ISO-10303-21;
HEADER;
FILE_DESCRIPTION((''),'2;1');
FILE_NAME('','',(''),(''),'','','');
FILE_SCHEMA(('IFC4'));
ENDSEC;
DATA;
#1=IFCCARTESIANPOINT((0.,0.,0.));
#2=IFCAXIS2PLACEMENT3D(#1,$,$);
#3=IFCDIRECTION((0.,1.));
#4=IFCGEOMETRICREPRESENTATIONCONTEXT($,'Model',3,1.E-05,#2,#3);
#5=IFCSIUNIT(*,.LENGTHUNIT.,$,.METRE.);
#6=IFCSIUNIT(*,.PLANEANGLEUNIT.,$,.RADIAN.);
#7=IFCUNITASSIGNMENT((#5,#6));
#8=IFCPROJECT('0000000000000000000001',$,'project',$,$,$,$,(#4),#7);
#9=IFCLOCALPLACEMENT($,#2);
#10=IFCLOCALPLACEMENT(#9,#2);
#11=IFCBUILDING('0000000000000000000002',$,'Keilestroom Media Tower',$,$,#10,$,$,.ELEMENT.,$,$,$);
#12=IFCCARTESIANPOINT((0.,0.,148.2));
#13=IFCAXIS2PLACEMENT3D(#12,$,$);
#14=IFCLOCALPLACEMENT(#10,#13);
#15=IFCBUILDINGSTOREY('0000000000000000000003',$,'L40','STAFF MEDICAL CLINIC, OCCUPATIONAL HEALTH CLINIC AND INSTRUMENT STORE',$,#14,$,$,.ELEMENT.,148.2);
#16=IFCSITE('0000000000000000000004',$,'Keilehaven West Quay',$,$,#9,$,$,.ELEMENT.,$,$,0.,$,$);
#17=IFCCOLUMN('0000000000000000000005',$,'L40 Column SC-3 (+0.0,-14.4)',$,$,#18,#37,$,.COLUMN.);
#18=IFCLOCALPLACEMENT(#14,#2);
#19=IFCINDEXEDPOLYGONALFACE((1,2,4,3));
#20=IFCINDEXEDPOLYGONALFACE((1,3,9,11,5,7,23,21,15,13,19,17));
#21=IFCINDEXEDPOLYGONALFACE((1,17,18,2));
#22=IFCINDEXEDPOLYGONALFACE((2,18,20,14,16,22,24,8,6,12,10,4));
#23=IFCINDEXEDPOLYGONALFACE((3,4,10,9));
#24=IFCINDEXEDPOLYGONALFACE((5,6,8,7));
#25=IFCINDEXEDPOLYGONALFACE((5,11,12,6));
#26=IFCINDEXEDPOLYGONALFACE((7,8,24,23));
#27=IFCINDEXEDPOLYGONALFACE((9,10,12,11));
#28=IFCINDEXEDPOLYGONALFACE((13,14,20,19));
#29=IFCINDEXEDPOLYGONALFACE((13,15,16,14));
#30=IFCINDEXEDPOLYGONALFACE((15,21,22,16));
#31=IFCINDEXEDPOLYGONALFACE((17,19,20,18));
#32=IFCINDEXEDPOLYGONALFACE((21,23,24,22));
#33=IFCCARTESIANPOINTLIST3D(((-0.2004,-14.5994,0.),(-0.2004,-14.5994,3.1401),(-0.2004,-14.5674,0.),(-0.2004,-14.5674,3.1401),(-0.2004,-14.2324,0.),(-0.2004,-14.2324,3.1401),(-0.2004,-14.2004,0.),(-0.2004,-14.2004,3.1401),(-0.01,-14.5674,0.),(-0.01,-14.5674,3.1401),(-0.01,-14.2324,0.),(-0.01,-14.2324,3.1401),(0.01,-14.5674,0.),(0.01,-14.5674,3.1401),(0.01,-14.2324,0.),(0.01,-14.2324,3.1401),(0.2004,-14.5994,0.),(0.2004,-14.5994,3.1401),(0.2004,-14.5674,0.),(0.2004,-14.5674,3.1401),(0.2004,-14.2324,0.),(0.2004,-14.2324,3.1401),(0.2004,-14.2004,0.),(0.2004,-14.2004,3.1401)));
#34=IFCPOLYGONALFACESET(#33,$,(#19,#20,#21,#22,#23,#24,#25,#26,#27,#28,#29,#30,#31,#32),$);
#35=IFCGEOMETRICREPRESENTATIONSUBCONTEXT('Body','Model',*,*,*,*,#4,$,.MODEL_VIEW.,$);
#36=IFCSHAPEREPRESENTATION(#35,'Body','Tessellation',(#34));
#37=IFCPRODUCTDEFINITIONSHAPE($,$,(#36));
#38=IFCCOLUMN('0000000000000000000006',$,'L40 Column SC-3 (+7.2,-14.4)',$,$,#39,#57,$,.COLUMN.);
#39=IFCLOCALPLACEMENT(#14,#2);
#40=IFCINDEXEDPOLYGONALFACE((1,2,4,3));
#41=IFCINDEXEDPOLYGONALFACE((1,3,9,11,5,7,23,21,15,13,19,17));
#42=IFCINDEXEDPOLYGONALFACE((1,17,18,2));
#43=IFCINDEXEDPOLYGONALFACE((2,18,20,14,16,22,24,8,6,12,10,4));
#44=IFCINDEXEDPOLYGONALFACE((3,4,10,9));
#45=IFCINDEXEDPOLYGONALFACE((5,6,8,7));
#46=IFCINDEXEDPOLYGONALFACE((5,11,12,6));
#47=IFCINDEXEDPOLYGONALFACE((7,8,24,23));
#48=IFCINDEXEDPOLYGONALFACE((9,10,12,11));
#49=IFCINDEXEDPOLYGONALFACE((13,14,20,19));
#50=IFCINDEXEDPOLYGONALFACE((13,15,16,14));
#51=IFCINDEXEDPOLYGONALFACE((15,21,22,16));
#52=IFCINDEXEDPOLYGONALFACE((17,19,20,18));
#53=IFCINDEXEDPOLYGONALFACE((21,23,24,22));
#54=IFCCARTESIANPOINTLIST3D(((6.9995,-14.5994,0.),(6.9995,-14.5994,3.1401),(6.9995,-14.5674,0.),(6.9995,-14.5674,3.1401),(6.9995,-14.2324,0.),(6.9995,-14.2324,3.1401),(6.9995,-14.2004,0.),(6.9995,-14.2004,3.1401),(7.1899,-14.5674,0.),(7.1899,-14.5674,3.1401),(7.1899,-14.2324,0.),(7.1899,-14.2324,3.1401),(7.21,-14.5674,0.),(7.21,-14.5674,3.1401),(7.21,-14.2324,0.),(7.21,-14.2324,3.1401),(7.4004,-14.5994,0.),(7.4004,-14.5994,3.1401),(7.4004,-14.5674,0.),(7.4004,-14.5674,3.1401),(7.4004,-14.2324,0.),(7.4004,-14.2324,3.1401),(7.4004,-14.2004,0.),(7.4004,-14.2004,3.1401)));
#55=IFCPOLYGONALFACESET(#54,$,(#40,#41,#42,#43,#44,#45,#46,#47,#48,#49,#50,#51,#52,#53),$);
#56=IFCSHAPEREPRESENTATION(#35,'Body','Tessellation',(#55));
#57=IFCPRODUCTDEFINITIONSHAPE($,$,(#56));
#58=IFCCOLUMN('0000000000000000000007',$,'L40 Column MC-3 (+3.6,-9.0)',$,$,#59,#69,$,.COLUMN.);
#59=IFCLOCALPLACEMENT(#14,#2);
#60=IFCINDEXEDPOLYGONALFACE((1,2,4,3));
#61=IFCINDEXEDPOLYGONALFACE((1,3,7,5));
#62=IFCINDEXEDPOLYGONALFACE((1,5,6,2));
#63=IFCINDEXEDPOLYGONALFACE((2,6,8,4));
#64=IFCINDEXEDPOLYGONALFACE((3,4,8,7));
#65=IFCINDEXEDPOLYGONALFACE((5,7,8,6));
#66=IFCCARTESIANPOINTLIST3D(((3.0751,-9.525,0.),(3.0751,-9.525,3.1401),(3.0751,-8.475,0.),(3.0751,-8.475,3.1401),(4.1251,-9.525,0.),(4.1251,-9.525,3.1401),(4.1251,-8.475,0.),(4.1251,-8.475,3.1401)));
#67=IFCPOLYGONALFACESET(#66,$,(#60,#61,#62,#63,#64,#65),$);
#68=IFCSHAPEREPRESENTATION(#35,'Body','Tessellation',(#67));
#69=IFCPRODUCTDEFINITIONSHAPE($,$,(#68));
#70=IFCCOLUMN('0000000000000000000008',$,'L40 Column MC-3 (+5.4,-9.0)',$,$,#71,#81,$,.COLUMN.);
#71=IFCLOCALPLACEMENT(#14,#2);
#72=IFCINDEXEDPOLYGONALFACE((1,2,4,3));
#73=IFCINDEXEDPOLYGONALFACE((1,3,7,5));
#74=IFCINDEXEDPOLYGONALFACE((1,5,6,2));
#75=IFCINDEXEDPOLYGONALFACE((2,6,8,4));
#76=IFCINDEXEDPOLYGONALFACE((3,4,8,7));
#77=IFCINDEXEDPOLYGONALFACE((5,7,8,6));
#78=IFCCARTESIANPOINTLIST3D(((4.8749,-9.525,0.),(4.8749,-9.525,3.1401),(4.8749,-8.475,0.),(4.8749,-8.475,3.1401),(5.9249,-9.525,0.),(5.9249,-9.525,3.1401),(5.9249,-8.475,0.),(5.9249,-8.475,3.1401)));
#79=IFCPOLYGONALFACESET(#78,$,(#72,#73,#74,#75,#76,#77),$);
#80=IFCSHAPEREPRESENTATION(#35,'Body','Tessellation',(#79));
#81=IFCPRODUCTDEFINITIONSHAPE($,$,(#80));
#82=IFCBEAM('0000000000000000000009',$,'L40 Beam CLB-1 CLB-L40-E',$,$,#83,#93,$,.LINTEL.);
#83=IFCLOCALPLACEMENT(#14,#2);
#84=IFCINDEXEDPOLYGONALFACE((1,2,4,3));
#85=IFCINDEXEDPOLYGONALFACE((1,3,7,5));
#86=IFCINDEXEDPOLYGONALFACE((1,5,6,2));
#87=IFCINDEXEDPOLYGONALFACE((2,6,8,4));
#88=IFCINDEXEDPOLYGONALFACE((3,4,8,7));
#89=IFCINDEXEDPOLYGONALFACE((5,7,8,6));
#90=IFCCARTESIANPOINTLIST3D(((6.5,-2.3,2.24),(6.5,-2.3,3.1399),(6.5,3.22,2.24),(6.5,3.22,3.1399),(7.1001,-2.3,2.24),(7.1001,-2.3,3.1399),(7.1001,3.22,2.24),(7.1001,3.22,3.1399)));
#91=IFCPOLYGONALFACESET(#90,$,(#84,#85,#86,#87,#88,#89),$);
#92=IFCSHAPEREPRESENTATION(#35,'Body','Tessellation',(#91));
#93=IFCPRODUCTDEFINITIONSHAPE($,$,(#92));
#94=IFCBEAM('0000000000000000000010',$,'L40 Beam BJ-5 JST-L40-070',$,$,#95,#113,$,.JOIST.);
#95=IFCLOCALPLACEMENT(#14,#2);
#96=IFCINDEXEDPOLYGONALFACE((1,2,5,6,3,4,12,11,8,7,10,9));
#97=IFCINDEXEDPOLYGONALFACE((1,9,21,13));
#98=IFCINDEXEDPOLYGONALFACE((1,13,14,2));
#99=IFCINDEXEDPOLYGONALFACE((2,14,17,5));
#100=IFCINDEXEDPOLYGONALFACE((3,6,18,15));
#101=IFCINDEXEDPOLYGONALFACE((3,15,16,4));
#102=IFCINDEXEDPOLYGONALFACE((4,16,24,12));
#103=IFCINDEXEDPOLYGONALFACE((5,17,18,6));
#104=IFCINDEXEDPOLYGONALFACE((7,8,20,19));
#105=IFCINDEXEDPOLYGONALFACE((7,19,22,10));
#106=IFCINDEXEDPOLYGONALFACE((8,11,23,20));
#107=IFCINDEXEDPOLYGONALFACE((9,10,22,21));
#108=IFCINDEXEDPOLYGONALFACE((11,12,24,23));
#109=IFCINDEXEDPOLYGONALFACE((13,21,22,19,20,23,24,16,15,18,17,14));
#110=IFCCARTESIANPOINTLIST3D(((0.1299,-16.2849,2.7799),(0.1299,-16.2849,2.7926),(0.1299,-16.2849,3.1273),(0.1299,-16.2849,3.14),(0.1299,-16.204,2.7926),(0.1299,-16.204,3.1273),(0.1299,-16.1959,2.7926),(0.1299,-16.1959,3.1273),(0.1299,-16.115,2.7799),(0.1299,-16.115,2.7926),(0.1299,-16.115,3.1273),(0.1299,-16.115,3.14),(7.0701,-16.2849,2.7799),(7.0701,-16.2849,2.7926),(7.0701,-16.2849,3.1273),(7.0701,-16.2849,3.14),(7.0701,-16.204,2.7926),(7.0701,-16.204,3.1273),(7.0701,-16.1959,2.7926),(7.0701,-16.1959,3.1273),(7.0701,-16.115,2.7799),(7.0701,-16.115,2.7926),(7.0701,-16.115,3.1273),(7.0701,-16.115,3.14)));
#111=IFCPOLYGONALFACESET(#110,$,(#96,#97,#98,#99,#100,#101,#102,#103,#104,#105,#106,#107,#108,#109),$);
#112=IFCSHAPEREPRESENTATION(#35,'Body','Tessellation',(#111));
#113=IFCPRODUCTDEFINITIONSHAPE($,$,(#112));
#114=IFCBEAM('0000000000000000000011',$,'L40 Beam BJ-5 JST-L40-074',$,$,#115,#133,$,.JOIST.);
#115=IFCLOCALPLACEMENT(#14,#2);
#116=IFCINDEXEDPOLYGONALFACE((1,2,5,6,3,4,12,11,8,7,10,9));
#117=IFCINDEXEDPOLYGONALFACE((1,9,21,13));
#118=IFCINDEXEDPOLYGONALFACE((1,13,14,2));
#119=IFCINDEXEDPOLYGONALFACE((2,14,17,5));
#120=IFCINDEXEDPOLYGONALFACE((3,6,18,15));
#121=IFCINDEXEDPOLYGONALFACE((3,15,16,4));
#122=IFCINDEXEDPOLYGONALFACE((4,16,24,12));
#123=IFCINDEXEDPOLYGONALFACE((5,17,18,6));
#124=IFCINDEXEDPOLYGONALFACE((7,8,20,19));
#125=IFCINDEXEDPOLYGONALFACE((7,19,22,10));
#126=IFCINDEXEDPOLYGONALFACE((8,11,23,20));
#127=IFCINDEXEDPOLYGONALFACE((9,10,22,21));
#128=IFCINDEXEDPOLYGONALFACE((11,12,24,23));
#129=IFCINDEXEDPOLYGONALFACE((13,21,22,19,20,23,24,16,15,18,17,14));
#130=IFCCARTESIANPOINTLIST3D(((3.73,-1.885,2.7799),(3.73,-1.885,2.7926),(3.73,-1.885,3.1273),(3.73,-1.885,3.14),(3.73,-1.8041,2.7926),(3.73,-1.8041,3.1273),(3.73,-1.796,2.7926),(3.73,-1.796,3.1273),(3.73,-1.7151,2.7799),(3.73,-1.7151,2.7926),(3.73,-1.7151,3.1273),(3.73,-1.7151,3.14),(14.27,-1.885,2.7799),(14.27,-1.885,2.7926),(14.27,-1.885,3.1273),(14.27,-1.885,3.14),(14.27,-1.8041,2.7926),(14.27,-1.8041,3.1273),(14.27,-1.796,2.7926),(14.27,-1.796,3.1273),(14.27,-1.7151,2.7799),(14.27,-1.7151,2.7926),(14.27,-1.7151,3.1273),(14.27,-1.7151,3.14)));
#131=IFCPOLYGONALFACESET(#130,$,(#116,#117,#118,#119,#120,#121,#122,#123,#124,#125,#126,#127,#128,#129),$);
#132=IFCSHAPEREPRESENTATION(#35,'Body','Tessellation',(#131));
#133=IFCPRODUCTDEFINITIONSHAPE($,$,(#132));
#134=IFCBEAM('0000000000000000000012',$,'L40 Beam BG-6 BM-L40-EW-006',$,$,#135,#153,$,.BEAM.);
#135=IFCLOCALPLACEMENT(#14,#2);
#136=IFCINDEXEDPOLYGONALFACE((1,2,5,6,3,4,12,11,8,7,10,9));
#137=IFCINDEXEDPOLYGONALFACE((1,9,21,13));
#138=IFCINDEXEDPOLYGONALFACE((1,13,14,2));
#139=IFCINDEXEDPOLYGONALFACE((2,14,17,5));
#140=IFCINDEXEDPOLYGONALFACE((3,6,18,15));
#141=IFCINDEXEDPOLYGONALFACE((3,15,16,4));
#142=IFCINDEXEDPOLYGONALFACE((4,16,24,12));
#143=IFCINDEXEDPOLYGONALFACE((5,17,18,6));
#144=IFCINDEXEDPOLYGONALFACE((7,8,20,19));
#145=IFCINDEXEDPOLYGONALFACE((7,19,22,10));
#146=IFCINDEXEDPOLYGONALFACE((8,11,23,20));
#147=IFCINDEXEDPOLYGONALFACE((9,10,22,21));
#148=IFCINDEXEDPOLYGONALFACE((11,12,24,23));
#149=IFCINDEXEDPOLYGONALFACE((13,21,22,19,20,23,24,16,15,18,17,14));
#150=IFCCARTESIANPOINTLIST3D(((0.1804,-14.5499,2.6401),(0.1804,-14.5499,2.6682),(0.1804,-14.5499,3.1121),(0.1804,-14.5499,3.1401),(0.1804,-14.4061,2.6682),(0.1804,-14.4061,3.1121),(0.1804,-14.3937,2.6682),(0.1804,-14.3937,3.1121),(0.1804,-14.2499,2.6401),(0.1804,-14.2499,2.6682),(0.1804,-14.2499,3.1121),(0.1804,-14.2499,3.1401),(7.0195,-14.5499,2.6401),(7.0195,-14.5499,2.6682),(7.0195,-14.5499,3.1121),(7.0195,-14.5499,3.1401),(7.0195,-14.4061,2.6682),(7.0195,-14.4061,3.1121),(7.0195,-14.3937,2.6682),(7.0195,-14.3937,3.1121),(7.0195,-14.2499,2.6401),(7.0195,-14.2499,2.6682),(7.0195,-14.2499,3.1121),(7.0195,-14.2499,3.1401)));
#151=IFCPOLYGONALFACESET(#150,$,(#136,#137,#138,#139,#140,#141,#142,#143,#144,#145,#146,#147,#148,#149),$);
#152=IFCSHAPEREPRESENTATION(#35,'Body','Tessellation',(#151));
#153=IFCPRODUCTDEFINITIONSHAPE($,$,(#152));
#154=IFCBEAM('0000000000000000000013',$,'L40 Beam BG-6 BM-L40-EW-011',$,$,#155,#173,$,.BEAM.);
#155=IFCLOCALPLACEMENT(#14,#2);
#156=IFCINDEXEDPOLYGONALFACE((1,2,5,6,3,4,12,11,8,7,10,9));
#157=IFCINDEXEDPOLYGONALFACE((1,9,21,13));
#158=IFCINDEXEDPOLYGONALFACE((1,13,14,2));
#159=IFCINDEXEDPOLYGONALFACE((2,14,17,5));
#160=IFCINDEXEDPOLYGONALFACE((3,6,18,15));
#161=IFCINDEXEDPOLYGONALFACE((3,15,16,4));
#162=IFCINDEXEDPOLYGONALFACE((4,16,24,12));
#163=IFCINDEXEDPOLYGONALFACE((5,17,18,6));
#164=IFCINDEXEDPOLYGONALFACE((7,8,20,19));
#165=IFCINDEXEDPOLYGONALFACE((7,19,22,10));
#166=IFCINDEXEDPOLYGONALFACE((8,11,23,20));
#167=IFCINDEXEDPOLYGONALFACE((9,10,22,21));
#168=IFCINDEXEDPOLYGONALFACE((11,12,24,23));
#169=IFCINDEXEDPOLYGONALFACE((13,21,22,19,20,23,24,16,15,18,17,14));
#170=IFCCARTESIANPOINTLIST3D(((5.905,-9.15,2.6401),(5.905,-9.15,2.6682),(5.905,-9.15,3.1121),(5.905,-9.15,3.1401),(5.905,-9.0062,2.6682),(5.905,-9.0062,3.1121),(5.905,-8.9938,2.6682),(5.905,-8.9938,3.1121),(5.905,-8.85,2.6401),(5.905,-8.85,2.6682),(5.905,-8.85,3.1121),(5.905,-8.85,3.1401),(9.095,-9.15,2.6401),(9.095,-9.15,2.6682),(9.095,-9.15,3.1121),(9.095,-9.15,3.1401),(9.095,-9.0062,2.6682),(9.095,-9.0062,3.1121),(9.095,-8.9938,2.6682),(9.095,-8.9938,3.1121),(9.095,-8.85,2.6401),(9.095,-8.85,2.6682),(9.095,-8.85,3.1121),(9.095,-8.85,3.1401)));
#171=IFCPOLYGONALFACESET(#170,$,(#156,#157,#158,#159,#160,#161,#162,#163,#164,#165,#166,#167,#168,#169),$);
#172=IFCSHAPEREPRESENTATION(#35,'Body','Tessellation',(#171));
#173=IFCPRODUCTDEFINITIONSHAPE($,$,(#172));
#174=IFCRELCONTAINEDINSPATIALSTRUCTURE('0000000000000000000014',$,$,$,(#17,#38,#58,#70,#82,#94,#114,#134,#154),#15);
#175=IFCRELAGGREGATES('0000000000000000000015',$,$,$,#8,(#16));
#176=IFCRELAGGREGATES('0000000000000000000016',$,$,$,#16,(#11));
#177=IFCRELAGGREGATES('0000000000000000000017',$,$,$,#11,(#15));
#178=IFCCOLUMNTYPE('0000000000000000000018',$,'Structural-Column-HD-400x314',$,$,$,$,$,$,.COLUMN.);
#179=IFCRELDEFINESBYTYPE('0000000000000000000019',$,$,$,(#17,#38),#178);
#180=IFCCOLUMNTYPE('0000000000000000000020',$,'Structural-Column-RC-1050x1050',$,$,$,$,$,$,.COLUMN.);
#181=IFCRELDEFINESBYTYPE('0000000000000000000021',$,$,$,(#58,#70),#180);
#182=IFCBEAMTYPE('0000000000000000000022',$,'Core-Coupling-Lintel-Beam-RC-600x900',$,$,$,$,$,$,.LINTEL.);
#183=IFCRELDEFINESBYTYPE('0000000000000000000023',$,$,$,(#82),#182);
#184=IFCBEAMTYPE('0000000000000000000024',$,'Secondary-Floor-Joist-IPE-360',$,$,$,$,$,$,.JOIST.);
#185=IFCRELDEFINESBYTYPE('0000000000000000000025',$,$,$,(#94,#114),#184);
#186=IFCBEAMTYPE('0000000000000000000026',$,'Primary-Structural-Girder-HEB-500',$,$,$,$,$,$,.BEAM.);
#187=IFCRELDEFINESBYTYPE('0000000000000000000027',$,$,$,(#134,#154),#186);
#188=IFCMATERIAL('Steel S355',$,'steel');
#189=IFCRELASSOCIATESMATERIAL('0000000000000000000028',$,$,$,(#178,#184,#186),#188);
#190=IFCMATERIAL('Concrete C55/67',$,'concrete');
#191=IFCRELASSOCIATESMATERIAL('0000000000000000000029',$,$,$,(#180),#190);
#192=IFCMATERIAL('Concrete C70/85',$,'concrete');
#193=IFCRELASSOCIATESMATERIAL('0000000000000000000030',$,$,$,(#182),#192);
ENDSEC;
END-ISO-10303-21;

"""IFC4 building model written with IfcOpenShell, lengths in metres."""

from ifc_helpers import new_model, si_unit, direction, frame, origin, origin_2d, place, context, subcontext, project, spatial, rectangle, i_section, extrude, source, transform, mapped, material, material_profile, profile_set, type_object, element, save


model = new_model("IFC4")

# Units and contexts
model_context = context("Model", 3, precision=1e-05, world=origin(), true_north=direction((0.0, 1.0)))
body_context = subcontext(model_context, "Body", "Model", "MODEL_VIEW")
ifc_project = project(units=[si_unit("LENGTHUNIT", "METRE"), si_unit("PLANEANGLEUNIT", "RADIAN")], contexts=[model_context])

# Site, building, storey
site_placement = place(None, origin())
site = spatial("IfcSite", under=ifc_project, at=site_placement, Name="Keilehaven West Quay", CompositionType="ELEMENT", RefElevation=0.0)
building_placement = place(site_placement, origin())
building = spatial("IfcBuilding", under=site, at=building_placement, Name="Keilestroom Media Tower", CompositionType="ELEMENT")
storey_placement = place(building_placement, frame((0.0, 0.0, 148.2)))
storey = spatial("IfcBuildingStorey", under=building, at=storey_placement, Name="L40", Description="STAFF MEDICAL CLINIC, OCCUPATIONAL HEALTH CLINIC AND INSTRUMENT STORE", CompositionType="ELEMENT", Elevation=148.2)

# Columns
ifc_material_1 = material(Name="Steel S355", Category="steel")
ifc_material_profile_1 = material_profile(ifc_material_1, i_section(OverallWidth=0.4009, OverallDepth=0.3989, WebThickness=0.02, FlangeThickness=0.032, at=origin_2d()), Name="HD 400x314")
ifc_profile_set_1 = profile_set([ifc_material_profile_1], Name="Steel S355")
column_type_1 = type_object("IfcColumnType", Name="Structural-Column-HD-400x314", PredefinedType="COLUMN", material=ifc_profile_set_1)
shared_shape_1 = source(origin(), body_context, "Body", "SweptSolid", [
    extrude(i_section(OverallWidth=0.4009, OverallDepth=0.3989, WebThickness=0.02, FlangeThickness=0.032, at=origin_2d()), origin(), (0.0, 0.0, 1.0), 3.1401),
])
for number, where, z_axis, x_axis, name in (
    (1, (0.0, -14.3999, 0.0), (0.0, 0.0, 1.0), (1.0, 0.0, 0.0), "L40 Column SC-3 (+0.0,-14.4)"),
    (2, (7.2, -14.3999, 0.0), (0.0, 0.0, 1.0), (1.0, 0.0, 0.0), "L40 Column SC-3 (+7.2,-14.4)"),
):
    element("IfcColumn", number, at=place(storey_placement, frame(where, z_axis=z_axis, x_axis=x_axis)), inside=storey, type_object=column_type_1, Name=name, PredefinedType="COLUMN", context=body_context, shape_type="MappedRepresentation", body=[
        mapped(shared_shape_1, transform((0.0, 0.0, 0.0), x_axis=(1.0, 0.0, 0.0), y_axis=(0.0, 1.0, 0.0), z_axis=(0.0, 0.0, 1.0), scale=1.0)),
    ])
ifc_material_2 = material(Name="Concrete C55/67", Category="concrete")
ifc_material_profile_2 = material_profile(ifc_material_2, rectangle(XDim=1.05, YDim=1.05, at=origin_2d()), Name="RC 1050x1050")
ifc_profile_set_2 = profile_set([ifc_material_profile_2], Name="Concrete C55/67")
column_type_2 = type_object("IfcColumnType", Name="Structural-Column-RC-1050x1050", PredefinedType="COLUMN", material=ifc_profile_set_2)
shared_shape_2 = source(origin(), body_context, "Body", "SweptSolid", [
    extrude(rectangle(XDim=1.05, YDim=1.05, at=origin_2d()), origin(), (0.0, 0.0, 1.0), 3.1401),
])
for number, where, z_axis, x_axis, name in (
    (3, (3.6001, -9.0, 0.0), (0.0, 0.0, 1.0), (1.0, 0.0, 0.0), "L40 Column MC-3 (+3.6,-9.0)"),
    (4, (5.3999, -9.0, 0.0), (0.0, 0.0, 1.0), (1.0, 0.0, 0.0), "L40 Column MC-3 (+5.4,-9.0)"),
):
    element("IfcColumn", number, at=place(storey_placement, frame(where, z_axis=z_axis, x_axis=x_axis)), inside=storey, type_object=column_type_2, Name=name, PredefinedType="COLUMN", context=body_context, shape_type="MappedRepresentation", body=[
        mapped(shared_shape_2, transform((0.0, 0.0, 0.0), x_axis=(1.0, 0.0, 0.0), y_axis=(0.0, 1.0, 0.0), z_axis=(0.0, 0.0, 1.0), scale=1.0)),
    ])

# Beams
ifc_material_3 = material(Name="Concrete C70/85", Category="concrete")
ifc_material_profile_3 = material_profile(ifc_material_3, rectangle(XDim=0.6001, YDim=0.8999, at=origin_2d()), Name="RC 600x900")
ifc_profile_set_3 = profile_set([ifc_material_profile_3], Name="Concrete C70/85")
beam_type_1 = type_object("IfcBeamType", Name="Core-Coupling-Lintel-Beam-RC-600x900", PredefinedType="LINTEL", material=ifc_profile_set_3)
shared_shape_3 = source(origin(), body_context, "Body", "SweptSolid", [
    extrude(rectangle(XDim=0.6001, YDim=0.8999, at=origin_2d()), origin(), (0.0, 0.0, 1.0), 5.52),
])
beam_1_placement = place(storey_placement, frame((6.8, -2.3, 2.6899), z_axis=(0.0, 1.0, 0.0), x_axis=(-1.0, 0.0, 0.0)))
element("IfcBeam", 5, at=beam_1_placement, inside=storey, type_object=beam_type_1, Name="L40 Beam CLB-1 CLB-L40-E", PredefinedType="LINTEL", context=body_context, shape_type="MappedRepresentation", body=[
    mapped(shared_shape_3, transform((0.0, 0.0, 0.0), x_axis=(1.0, 0.0, 0.0), y_axis=(0.0, 1.0, 0.0), z_axis=(0.0, 0.0, 1.0), scale=1.0)),
])
ifc_material_profile_4 = material_profile(ifc_material_1, i_section(OverallWidth=0.1699, OverallDepth=0.3601, WebThickness=0.0081, FlangeThickness=0.0127, at=origin_2d()), Name="IPE 360")
ifc_profile_set_4 = profile_set([ifc_material_profile_4], Name="Steel S355")
beam_type_2 = type_object("IfcBeamType", Name="Secondary-Floor-Joist-IPE-360", PredefinedType="JOIST", material=ifc_profile_set_4)
shared_shape_4 = source(origin(), body_context, "Body", "SweptSolid", [
    extrude(i_section(OverallWidth=0.1699, OverallDepth=0.3601, WebThickness=0.0081, FlangeThickness=0.0127, at=origin_2d()), origin(), (0.0, 0.0, 1.0), 6.9402),
])
beam_2_placement = place(storey_placement, frame((0.1299, -16.2, 2.96), z_axis=(1.0, 0.0, 0.0), x_axis=(0.0, 1.0, 0.0)))
element("IfcBeam", 6, at=beam_2_placement, inside=storey, type_object=beam_type_2, Name="L40 Beam BJ-5 JST-L40-070", PredefinedType="JOIST", context=body_context, shape_type="MappedRepresentation", body=[
    mapped(shared_shape_4, transform((0.0, 0.0, 0.0), x_axis=(1.0, 0.0, 0.0), y_axis=(0.0, 1.0, 0.0), z_axis=(0.0, 0.0, 1.0), scale=1.0)),
])
shared_shape_5 = source(origin(), body_context, "Body", "SweptSolid", [
    extrude(i_section(OverallWidth=0.1699, OverallDepth=0.3601, WebThickness=0.0081, FlangeThickness=0.0127, at=origin_2d()), origin(), (0.0, 0.0, 1.0), 10.54),
])
beam_3_placement = place(storey_placement, frame((3.73, -1.8, 2.96), z_axis=(1.0, 0.0, 0.0), x_axis=(0.0, 1.0, 0.0)))
element("IfcBeam", 7, at=beam_3_placement, inside=storey, type_object=beam_type_2, Name="L40 Beam BJ-5 JST-L40-074", PredefinedType="JOIST", context=body_context, shape_type="MappedRepresentation", body=[
    mapped(shared_shape_5, transform((0.0, 0.0, 0.0), x_axis=(1.0, 0.0, 0.0), y_axis=(0.0, 1.0, 0.0), z_axis=(0.0, 0.0, 1.0), scale=1.0)),
])
ifc_material_profile_5 = material_profile(ifc_material_1, i_section(OverallWidth=0.3, OverallDepth=0.5, WebThickness=0.0125, FlangeThickness=0.0281, at=origin_2d()), Name="HEB 500")
ifc_profile_set_5 = profile_set([ifc_material_profile_5], Name="Steel S355")
beam_type_3 = type_object("IfcBeamType", Name="Primary-Structural-Girder-HEB-500", PredefinedType="BEAM", material=ifc_profile_set_5)
shared_shape_6 = source(origin(), body_context, "Body", "SweptSolid", [
    extrude(i_section(OverallWidth=0.3, OverallDepth=0.5, WebThickness=0.0125, FlangeThickness=0.0281, at=origin_2d()), origin(), (0.0, 0.0, 1.0), 6.8391),
])
beam_4_placement = place(storey_placement, frame((0.1804, -14.3999, 2.8901), z_axis=(1.0, 0.0, 0.0), x_axis=(0.0, 1.0, 0.0)))
element("IfcBeam", 8, at=beam_4_placement, inside=storey, type_object=beam_type_3, Name="L40 Beam BG-6 BM-L40-EW-006", PredefinedType="BEAM", context=body_context, shape_type="MappedRepresentation", body=[
    mapped(shared_shape_6, transform((0.0, 0.0, 0.0), x_axis=(1.0, 0.0, 0.0), y_axis=(0.0, 1.0, 0.0), z_axis=(0.0, 0.0, 1.0), scale=1.0)),
])
shared_shape_7 = source(origin(), body_context, "Body", "SweptSolid", [
    extrude(i_section(OverallWidth=0.3, OverallDepth=0.5, WebThickness=0.0125, FlangeThickness=0.0281, at=origin_2d()), origin(), (0.0, 0.0, 1.0), 3.1899),
])
beam_5_placement = place(storey_placement, frame((5.905, -9.0, 2.8901), z_axis=(1.0, 0.0, 0.0), x_axis=(0.0, 1.0, 0.0)))
element("IfcBeam", 9, at=beam_5_placement, inside=storey, type_object=beam_type_3, Name="L40 Beam BG-6 BM-L40-EW-011", PredefinedType="BEAM", context=body_context, shape_type="MappedRepresentation", body=[
    mapped(shared_shape_7, transform((0.0, 0.0, 0.0), x_axis=(1.0, 0.0, 0.0), y_axis=(0.0, 1.0, 0.0), z_axis=(0.0, 0.0, 1.0), scale=1.0)),
])

save(model, "model.ifc")
